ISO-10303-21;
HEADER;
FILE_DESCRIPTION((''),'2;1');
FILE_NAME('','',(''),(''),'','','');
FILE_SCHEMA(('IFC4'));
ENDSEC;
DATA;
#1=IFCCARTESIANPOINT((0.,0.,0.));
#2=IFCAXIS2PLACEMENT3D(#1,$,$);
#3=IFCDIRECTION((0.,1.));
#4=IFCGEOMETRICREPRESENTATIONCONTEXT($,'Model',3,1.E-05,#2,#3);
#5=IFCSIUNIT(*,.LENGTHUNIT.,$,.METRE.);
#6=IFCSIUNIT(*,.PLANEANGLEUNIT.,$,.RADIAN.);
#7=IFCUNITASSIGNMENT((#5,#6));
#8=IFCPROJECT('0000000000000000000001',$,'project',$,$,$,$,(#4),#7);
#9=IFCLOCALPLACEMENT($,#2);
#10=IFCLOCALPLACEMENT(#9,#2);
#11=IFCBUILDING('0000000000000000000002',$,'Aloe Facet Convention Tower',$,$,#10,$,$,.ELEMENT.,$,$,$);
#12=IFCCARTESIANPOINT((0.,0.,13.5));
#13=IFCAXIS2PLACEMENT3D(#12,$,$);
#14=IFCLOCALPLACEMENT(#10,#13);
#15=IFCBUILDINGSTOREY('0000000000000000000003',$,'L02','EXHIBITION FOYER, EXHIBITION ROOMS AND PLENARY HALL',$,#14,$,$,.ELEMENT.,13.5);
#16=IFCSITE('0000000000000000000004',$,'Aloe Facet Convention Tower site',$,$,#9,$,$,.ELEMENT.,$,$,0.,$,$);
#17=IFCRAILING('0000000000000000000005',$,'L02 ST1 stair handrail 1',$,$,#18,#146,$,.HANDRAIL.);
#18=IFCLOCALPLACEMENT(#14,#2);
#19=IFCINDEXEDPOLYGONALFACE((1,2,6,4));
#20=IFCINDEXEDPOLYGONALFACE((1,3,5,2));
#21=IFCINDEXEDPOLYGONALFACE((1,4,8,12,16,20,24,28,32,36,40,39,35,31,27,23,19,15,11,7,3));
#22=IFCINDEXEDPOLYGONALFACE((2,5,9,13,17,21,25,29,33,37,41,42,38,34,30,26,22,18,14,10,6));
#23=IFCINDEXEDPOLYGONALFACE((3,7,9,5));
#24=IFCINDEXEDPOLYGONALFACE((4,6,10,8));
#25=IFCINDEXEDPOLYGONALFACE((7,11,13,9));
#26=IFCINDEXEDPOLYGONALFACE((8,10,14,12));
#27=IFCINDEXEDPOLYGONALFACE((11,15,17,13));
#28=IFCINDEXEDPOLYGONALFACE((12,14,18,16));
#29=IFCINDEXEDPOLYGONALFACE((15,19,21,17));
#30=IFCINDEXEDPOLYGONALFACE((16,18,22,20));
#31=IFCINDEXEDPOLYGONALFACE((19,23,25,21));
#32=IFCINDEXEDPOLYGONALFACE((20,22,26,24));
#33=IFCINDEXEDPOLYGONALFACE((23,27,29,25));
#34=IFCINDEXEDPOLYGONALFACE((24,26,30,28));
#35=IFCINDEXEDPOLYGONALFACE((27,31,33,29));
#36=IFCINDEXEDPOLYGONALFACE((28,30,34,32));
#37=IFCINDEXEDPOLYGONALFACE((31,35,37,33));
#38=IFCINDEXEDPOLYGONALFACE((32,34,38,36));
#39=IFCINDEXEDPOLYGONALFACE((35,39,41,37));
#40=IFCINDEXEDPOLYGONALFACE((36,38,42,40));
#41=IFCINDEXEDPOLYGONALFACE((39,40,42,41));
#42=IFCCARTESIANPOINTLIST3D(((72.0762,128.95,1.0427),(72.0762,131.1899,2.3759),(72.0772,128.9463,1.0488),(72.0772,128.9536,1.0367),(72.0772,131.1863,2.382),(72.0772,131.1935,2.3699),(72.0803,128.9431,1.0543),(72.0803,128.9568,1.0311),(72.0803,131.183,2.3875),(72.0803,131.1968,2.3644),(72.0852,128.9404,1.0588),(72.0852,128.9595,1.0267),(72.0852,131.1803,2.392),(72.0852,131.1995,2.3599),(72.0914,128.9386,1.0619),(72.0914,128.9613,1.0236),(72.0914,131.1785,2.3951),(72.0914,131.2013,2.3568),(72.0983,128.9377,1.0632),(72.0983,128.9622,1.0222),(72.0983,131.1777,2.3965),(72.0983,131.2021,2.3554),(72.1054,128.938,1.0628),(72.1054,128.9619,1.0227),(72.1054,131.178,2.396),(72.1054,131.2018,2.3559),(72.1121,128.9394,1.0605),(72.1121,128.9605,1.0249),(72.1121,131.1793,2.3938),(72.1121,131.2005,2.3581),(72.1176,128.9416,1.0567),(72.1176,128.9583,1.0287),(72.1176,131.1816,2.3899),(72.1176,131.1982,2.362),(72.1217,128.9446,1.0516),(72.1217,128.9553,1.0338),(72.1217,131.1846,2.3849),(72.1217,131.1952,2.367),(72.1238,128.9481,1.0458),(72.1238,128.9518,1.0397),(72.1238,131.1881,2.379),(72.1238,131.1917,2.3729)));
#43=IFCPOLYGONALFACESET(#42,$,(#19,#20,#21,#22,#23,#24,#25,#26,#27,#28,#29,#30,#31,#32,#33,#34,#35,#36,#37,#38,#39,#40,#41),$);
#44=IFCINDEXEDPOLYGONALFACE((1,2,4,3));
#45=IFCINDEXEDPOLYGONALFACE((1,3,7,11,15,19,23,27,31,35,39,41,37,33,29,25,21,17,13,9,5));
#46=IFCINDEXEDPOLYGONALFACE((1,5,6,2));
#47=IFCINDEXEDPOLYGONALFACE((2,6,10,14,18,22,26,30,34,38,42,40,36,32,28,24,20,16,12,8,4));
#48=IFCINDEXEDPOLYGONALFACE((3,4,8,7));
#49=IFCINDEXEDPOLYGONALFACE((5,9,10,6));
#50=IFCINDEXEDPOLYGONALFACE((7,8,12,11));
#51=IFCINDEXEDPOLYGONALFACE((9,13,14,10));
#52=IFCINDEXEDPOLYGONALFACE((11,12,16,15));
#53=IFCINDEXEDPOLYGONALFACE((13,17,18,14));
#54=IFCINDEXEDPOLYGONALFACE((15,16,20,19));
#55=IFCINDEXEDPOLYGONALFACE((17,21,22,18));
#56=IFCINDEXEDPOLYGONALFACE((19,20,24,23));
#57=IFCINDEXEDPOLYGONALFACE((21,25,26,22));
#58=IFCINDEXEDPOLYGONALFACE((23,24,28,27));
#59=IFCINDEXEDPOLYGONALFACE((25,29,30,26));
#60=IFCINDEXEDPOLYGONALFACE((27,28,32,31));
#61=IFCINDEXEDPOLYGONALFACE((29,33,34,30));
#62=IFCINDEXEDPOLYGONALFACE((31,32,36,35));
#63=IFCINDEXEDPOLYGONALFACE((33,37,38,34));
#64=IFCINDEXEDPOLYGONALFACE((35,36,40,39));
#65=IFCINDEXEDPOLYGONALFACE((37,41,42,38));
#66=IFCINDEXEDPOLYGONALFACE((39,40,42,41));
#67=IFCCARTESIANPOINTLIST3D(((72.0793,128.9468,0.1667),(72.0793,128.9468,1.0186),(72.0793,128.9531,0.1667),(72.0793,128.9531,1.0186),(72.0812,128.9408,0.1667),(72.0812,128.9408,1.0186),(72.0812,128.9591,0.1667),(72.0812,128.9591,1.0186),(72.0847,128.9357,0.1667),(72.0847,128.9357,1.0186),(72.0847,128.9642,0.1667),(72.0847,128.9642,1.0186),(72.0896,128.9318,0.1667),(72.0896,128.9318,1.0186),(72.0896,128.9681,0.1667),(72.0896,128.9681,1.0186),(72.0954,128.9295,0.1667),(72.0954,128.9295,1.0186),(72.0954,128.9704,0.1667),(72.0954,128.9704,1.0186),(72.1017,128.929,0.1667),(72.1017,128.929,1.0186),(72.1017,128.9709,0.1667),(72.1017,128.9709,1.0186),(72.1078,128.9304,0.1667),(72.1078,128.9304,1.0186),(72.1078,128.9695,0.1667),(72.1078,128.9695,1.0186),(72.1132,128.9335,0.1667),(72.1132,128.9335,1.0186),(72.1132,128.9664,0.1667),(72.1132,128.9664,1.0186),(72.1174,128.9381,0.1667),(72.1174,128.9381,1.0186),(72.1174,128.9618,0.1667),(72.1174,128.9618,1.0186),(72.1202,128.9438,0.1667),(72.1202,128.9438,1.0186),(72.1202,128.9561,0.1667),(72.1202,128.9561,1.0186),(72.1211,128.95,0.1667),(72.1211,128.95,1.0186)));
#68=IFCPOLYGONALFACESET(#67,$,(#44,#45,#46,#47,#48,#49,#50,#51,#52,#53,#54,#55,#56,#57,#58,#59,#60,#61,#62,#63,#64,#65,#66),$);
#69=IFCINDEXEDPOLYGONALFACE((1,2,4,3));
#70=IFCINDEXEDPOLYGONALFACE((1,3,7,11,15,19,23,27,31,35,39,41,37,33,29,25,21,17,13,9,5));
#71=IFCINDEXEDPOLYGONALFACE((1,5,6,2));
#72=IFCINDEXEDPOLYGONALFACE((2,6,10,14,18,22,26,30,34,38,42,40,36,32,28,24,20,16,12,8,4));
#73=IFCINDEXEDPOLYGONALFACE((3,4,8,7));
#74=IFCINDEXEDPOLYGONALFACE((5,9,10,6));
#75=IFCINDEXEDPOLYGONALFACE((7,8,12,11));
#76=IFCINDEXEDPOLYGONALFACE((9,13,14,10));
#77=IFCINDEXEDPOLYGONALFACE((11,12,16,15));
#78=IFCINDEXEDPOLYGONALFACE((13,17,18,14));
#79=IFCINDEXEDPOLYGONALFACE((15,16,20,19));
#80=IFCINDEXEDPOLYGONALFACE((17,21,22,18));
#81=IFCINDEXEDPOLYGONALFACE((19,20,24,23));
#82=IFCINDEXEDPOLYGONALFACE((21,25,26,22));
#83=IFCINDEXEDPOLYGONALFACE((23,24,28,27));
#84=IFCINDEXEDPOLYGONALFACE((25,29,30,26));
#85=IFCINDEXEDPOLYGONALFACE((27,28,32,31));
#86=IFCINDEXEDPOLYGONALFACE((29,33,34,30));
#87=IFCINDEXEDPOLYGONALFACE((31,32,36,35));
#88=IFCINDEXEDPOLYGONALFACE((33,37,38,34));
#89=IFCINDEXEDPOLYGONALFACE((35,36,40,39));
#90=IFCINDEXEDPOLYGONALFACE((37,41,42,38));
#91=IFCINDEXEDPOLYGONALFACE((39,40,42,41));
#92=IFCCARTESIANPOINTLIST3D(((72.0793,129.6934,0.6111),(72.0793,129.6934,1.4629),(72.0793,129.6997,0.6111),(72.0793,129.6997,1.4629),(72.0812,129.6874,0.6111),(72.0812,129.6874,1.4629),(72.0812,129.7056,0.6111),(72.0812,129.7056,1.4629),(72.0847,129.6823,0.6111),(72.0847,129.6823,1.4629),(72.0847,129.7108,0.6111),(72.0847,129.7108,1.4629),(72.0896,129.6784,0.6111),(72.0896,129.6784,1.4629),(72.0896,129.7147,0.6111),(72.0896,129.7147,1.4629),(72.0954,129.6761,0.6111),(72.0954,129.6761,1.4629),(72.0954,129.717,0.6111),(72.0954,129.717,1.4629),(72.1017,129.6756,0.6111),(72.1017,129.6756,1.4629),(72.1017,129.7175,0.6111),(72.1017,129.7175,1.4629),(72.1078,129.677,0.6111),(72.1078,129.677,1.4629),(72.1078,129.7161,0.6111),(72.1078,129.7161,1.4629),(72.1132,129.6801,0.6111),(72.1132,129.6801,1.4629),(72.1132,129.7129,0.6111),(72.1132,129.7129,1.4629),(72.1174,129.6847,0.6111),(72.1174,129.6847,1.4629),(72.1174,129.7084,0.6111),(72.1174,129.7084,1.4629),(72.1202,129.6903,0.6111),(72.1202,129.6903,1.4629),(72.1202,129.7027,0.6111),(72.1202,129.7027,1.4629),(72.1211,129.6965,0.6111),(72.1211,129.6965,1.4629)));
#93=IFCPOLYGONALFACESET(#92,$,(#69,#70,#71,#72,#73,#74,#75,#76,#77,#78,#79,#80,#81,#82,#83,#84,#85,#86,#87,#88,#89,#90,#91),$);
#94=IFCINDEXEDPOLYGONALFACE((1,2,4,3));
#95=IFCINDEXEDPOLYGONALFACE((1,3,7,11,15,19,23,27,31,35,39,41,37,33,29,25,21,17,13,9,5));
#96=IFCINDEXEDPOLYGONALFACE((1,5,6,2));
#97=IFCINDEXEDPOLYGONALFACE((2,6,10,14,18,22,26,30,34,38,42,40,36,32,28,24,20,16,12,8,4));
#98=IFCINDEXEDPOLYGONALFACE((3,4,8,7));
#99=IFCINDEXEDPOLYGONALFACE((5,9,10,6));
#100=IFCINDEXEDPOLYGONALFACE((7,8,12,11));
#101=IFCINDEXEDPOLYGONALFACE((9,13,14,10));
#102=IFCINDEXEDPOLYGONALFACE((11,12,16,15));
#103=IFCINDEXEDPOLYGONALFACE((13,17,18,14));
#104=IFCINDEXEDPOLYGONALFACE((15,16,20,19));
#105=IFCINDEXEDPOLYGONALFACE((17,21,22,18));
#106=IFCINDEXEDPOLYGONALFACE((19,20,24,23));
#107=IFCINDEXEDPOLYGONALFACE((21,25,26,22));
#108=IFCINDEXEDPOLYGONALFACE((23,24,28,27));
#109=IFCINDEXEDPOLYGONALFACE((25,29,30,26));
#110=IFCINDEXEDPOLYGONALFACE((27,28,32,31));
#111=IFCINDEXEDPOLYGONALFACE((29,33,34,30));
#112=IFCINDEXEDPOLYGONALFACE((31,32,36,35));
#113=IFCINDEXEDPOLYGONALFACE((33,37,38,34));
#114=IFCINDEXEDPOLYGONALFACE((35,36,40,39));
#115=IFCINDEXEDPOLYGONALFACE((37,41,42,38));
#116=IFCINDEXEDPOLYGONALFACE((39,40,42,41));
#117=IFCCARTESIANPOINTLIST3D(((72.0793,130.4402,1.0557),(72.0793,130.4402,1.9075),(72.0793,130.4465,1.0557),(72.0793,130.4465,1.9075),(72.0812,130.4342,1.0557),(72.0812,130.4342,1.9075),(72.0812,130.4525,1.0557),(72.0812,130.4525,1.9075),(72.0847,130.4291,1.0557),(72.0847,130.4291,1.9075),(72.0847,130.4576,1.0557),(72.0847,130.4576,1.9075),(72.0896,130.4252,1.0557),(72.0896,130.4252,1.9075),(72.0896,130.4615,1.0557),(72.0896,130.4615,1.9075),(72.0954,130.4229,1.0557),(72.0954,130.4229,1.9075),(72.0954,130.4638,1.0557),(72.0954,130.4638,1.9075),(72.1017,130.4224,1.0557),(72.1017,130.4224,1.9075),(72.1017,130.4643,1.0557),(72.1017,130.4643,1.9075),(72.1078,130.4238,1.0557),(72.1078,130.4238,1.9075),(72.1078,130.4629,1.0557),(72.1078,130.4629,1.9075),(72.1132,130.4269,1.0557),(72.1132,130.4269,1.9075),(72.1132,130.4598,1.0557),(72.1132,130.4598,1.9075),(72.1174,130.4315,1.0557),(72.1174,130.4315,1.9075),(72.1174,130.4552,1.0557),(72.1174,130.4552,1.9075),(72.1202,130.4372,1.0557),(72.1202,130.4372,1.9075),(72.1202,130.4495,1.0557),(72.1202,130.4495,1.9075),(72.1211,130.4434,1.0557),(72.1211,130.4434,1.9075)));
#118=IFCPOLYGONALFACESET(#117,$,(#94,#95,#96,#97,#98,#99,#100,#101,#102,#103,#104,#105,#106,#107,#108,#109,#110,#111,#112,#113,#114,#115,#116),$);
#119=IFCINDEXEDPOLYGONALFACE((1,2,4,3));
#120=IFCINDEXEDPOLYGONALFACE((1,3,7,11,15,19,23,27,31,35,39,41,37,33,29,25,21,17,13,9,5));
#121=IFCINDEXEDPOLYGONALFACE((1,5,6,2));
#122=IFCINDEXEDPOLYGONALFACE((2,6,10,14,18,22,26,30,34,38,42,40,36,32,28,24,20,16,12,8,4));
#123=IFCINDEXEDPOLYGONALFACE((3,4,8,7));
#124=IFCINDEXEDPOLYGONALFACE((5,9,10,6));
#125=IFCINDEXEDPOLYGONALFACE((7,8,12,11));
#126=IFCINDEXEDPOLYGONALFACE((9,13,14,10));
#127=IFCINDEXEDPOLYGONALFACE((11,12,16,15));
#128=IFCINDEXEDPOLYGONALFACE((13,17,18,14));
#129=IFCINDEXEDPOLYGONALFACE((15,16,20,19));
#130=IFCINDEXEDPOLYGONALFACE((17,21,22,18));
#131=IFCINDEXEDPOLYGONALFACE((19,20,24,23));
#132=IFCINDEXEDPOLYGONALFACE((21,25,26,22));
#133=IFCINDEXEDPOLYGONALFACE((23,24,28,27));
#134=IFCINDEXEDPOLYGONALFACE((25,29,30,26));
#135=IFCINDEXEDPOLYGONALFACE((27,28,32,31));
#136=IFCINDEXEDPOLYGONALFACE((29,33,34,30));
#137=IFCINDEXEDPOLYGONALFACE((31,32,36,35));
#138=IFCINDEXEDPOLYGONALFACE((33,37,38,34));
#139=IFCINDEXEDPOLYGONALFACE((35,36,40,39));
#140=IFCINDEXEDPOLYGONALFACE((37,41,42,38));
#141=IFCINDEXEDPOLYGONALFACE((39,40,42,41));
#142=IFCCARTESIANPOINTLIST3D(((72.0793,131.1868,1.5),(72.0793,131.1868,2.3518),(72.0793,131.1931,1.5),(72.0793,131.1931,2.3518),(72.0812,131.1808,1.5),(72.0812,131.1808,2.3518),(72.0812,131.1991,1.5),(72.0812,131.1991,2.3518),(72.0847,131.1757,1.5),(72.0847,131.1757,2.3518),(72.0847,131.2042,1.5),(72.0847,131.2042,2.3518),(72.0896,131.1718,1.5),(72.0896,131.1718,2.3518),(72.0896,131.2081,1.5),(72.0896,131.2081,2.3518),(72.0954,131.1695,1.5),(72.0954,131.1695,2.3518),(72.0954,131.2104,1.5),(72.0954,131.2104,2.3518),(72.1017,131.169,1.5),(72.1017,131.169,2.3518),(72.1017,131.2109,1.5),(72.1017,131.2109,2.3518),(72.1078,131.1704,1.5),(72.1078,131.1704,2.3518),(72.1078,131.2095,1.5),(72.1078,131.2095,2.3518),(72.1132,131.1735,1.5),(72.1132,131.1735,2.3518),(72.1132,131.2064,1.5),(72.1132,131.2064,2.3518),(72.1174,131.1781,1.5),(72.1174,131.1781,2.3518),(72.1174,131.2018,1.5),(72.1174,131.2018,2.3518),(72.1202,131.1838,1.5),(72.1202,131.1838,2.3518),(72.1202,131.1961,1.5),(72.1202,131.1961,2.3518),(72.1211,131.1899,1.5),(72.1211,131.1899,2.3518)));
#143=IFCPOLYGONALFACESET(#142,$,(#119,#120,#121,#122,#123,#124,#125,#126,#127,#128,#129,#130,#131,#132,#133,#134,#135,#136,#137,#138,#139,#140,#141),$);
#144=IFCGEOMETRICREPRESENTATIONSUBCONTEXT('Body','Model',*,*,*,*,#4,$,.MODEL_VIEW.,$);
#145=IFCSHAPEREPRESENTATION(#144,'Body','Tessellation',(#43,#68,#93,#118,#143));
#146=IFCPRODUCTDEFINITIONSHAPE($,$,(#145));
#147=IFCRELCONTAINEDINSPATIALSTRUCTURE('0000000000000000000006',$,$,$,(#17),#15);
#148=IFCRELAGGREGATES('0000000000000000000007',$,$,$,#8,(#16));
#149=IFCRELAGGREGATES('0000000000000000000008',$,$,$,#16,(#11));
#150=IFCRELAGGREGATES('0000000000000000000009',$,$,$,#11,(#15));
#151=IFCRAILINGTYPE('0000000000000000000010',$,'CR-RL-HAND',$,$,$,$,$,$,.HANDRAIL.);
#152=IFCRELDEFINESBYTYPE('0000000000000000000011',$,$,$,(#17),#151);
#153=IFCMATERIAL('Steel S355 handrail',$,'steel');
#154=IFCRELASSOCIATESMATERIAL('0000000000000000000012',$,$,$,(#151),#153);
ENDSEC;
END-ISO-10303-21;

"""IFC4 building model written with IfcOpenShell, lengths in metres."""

from ifc_helpers import new_model, si_unit, direction, frame, origin, origin_2d, place, context, subcontext, project, spatial, circle, extrude, material, type_object, element, save


model = new_model("IFC4")

# Units and contexts
model_context = context("Model", 3, precision=1e-05, world=origin(), true_north=direction((0.0, 1.0)))
body_context = subcontext(model_context, "Body", "Model", "MODEL_VIEW")
ifc_project = project(units=[si_unit("LENGTHUNIT", "METRE"), si_unit("PLANEANGLEUNIT", "RADIAN")], contexts=[model_context])

# Site, building, storey
site_placement = place(None, origin())
site = spatial("IfcSite", under=ifc_project, at=site_placement, Name="Aloe Facet Convention Tower site", CompositionType="ELEMENT", RefElevation=0.0)
building_placement = place(site_placement, origin())
building = spatial("IfcBuilding", under=site, at=building_placement, Name="Aloe Facet Convention Tower", CompositionType="ELEMENT")
storey_placement = place(building_placement, frame((0.0, 0.0, 13.5)))
storey = spatial("IfcBuildingStorey", under=building, at=storey_placement, Name="L02", Description="EXHIBITION FOYER, EXHIBITION ROOMS AND PLENARY HALL", CompositionType="ELEMENT", Elevation=13.5)

# Railing
ifc_material_1 = material(Name="Steel S355 handrail", Category="steel")
railing_type_1 = type_object("IfcRailingType", Name="CR-RL-HAND", PredefinedType="HANDRAIL", material=ifc_material_1)
for number, where, name in (
    (1, (72.1001, 128.95, 0.1667), "L02 ST1 stair handrail 1"),
):
    element("IfcRailing", number, at=place(storey_placement, frame(where)), inside=storey, type_object=railing_type_1, Name=name, PredefinedType="HANDRAIL", context=body_context, shape_type="SweptSolid", body=[
        extrude(circle(Radius=0.0239, at=origin_2d()), frame((0.0, 0.0, 0.876), z_axis=(0.0, 0.859306, 0.511462), x_axis=(-1.0, 0.0, 0.0)), (0.0, 0.0, 1.0), 2.6067),
        extrude(circle(Radius=0.021, at=origin_2d()), origin(), (0.0, 0.0, 1.0), 0.8518),
        extrude(circle(Radius=0.021, at=origin_2d()), frame((0.0, 0.7466, 0.4443)), (0.0, 0.0, 1.0), 0.8518),
        extrude(circle(Radius=0.021, at=origin_2d()), frame((0.0, 1.4934, 0.8889)), (0.0, 0.0, 1.0), 0.8518),
        extrude(circle(Radius=0.021, at=origin_2d()), frame((0.0, 2.24, 1.3333)), (0.0, 0.0, 1.0), 0.8518),
    ])

save(model, "model.ifc")
